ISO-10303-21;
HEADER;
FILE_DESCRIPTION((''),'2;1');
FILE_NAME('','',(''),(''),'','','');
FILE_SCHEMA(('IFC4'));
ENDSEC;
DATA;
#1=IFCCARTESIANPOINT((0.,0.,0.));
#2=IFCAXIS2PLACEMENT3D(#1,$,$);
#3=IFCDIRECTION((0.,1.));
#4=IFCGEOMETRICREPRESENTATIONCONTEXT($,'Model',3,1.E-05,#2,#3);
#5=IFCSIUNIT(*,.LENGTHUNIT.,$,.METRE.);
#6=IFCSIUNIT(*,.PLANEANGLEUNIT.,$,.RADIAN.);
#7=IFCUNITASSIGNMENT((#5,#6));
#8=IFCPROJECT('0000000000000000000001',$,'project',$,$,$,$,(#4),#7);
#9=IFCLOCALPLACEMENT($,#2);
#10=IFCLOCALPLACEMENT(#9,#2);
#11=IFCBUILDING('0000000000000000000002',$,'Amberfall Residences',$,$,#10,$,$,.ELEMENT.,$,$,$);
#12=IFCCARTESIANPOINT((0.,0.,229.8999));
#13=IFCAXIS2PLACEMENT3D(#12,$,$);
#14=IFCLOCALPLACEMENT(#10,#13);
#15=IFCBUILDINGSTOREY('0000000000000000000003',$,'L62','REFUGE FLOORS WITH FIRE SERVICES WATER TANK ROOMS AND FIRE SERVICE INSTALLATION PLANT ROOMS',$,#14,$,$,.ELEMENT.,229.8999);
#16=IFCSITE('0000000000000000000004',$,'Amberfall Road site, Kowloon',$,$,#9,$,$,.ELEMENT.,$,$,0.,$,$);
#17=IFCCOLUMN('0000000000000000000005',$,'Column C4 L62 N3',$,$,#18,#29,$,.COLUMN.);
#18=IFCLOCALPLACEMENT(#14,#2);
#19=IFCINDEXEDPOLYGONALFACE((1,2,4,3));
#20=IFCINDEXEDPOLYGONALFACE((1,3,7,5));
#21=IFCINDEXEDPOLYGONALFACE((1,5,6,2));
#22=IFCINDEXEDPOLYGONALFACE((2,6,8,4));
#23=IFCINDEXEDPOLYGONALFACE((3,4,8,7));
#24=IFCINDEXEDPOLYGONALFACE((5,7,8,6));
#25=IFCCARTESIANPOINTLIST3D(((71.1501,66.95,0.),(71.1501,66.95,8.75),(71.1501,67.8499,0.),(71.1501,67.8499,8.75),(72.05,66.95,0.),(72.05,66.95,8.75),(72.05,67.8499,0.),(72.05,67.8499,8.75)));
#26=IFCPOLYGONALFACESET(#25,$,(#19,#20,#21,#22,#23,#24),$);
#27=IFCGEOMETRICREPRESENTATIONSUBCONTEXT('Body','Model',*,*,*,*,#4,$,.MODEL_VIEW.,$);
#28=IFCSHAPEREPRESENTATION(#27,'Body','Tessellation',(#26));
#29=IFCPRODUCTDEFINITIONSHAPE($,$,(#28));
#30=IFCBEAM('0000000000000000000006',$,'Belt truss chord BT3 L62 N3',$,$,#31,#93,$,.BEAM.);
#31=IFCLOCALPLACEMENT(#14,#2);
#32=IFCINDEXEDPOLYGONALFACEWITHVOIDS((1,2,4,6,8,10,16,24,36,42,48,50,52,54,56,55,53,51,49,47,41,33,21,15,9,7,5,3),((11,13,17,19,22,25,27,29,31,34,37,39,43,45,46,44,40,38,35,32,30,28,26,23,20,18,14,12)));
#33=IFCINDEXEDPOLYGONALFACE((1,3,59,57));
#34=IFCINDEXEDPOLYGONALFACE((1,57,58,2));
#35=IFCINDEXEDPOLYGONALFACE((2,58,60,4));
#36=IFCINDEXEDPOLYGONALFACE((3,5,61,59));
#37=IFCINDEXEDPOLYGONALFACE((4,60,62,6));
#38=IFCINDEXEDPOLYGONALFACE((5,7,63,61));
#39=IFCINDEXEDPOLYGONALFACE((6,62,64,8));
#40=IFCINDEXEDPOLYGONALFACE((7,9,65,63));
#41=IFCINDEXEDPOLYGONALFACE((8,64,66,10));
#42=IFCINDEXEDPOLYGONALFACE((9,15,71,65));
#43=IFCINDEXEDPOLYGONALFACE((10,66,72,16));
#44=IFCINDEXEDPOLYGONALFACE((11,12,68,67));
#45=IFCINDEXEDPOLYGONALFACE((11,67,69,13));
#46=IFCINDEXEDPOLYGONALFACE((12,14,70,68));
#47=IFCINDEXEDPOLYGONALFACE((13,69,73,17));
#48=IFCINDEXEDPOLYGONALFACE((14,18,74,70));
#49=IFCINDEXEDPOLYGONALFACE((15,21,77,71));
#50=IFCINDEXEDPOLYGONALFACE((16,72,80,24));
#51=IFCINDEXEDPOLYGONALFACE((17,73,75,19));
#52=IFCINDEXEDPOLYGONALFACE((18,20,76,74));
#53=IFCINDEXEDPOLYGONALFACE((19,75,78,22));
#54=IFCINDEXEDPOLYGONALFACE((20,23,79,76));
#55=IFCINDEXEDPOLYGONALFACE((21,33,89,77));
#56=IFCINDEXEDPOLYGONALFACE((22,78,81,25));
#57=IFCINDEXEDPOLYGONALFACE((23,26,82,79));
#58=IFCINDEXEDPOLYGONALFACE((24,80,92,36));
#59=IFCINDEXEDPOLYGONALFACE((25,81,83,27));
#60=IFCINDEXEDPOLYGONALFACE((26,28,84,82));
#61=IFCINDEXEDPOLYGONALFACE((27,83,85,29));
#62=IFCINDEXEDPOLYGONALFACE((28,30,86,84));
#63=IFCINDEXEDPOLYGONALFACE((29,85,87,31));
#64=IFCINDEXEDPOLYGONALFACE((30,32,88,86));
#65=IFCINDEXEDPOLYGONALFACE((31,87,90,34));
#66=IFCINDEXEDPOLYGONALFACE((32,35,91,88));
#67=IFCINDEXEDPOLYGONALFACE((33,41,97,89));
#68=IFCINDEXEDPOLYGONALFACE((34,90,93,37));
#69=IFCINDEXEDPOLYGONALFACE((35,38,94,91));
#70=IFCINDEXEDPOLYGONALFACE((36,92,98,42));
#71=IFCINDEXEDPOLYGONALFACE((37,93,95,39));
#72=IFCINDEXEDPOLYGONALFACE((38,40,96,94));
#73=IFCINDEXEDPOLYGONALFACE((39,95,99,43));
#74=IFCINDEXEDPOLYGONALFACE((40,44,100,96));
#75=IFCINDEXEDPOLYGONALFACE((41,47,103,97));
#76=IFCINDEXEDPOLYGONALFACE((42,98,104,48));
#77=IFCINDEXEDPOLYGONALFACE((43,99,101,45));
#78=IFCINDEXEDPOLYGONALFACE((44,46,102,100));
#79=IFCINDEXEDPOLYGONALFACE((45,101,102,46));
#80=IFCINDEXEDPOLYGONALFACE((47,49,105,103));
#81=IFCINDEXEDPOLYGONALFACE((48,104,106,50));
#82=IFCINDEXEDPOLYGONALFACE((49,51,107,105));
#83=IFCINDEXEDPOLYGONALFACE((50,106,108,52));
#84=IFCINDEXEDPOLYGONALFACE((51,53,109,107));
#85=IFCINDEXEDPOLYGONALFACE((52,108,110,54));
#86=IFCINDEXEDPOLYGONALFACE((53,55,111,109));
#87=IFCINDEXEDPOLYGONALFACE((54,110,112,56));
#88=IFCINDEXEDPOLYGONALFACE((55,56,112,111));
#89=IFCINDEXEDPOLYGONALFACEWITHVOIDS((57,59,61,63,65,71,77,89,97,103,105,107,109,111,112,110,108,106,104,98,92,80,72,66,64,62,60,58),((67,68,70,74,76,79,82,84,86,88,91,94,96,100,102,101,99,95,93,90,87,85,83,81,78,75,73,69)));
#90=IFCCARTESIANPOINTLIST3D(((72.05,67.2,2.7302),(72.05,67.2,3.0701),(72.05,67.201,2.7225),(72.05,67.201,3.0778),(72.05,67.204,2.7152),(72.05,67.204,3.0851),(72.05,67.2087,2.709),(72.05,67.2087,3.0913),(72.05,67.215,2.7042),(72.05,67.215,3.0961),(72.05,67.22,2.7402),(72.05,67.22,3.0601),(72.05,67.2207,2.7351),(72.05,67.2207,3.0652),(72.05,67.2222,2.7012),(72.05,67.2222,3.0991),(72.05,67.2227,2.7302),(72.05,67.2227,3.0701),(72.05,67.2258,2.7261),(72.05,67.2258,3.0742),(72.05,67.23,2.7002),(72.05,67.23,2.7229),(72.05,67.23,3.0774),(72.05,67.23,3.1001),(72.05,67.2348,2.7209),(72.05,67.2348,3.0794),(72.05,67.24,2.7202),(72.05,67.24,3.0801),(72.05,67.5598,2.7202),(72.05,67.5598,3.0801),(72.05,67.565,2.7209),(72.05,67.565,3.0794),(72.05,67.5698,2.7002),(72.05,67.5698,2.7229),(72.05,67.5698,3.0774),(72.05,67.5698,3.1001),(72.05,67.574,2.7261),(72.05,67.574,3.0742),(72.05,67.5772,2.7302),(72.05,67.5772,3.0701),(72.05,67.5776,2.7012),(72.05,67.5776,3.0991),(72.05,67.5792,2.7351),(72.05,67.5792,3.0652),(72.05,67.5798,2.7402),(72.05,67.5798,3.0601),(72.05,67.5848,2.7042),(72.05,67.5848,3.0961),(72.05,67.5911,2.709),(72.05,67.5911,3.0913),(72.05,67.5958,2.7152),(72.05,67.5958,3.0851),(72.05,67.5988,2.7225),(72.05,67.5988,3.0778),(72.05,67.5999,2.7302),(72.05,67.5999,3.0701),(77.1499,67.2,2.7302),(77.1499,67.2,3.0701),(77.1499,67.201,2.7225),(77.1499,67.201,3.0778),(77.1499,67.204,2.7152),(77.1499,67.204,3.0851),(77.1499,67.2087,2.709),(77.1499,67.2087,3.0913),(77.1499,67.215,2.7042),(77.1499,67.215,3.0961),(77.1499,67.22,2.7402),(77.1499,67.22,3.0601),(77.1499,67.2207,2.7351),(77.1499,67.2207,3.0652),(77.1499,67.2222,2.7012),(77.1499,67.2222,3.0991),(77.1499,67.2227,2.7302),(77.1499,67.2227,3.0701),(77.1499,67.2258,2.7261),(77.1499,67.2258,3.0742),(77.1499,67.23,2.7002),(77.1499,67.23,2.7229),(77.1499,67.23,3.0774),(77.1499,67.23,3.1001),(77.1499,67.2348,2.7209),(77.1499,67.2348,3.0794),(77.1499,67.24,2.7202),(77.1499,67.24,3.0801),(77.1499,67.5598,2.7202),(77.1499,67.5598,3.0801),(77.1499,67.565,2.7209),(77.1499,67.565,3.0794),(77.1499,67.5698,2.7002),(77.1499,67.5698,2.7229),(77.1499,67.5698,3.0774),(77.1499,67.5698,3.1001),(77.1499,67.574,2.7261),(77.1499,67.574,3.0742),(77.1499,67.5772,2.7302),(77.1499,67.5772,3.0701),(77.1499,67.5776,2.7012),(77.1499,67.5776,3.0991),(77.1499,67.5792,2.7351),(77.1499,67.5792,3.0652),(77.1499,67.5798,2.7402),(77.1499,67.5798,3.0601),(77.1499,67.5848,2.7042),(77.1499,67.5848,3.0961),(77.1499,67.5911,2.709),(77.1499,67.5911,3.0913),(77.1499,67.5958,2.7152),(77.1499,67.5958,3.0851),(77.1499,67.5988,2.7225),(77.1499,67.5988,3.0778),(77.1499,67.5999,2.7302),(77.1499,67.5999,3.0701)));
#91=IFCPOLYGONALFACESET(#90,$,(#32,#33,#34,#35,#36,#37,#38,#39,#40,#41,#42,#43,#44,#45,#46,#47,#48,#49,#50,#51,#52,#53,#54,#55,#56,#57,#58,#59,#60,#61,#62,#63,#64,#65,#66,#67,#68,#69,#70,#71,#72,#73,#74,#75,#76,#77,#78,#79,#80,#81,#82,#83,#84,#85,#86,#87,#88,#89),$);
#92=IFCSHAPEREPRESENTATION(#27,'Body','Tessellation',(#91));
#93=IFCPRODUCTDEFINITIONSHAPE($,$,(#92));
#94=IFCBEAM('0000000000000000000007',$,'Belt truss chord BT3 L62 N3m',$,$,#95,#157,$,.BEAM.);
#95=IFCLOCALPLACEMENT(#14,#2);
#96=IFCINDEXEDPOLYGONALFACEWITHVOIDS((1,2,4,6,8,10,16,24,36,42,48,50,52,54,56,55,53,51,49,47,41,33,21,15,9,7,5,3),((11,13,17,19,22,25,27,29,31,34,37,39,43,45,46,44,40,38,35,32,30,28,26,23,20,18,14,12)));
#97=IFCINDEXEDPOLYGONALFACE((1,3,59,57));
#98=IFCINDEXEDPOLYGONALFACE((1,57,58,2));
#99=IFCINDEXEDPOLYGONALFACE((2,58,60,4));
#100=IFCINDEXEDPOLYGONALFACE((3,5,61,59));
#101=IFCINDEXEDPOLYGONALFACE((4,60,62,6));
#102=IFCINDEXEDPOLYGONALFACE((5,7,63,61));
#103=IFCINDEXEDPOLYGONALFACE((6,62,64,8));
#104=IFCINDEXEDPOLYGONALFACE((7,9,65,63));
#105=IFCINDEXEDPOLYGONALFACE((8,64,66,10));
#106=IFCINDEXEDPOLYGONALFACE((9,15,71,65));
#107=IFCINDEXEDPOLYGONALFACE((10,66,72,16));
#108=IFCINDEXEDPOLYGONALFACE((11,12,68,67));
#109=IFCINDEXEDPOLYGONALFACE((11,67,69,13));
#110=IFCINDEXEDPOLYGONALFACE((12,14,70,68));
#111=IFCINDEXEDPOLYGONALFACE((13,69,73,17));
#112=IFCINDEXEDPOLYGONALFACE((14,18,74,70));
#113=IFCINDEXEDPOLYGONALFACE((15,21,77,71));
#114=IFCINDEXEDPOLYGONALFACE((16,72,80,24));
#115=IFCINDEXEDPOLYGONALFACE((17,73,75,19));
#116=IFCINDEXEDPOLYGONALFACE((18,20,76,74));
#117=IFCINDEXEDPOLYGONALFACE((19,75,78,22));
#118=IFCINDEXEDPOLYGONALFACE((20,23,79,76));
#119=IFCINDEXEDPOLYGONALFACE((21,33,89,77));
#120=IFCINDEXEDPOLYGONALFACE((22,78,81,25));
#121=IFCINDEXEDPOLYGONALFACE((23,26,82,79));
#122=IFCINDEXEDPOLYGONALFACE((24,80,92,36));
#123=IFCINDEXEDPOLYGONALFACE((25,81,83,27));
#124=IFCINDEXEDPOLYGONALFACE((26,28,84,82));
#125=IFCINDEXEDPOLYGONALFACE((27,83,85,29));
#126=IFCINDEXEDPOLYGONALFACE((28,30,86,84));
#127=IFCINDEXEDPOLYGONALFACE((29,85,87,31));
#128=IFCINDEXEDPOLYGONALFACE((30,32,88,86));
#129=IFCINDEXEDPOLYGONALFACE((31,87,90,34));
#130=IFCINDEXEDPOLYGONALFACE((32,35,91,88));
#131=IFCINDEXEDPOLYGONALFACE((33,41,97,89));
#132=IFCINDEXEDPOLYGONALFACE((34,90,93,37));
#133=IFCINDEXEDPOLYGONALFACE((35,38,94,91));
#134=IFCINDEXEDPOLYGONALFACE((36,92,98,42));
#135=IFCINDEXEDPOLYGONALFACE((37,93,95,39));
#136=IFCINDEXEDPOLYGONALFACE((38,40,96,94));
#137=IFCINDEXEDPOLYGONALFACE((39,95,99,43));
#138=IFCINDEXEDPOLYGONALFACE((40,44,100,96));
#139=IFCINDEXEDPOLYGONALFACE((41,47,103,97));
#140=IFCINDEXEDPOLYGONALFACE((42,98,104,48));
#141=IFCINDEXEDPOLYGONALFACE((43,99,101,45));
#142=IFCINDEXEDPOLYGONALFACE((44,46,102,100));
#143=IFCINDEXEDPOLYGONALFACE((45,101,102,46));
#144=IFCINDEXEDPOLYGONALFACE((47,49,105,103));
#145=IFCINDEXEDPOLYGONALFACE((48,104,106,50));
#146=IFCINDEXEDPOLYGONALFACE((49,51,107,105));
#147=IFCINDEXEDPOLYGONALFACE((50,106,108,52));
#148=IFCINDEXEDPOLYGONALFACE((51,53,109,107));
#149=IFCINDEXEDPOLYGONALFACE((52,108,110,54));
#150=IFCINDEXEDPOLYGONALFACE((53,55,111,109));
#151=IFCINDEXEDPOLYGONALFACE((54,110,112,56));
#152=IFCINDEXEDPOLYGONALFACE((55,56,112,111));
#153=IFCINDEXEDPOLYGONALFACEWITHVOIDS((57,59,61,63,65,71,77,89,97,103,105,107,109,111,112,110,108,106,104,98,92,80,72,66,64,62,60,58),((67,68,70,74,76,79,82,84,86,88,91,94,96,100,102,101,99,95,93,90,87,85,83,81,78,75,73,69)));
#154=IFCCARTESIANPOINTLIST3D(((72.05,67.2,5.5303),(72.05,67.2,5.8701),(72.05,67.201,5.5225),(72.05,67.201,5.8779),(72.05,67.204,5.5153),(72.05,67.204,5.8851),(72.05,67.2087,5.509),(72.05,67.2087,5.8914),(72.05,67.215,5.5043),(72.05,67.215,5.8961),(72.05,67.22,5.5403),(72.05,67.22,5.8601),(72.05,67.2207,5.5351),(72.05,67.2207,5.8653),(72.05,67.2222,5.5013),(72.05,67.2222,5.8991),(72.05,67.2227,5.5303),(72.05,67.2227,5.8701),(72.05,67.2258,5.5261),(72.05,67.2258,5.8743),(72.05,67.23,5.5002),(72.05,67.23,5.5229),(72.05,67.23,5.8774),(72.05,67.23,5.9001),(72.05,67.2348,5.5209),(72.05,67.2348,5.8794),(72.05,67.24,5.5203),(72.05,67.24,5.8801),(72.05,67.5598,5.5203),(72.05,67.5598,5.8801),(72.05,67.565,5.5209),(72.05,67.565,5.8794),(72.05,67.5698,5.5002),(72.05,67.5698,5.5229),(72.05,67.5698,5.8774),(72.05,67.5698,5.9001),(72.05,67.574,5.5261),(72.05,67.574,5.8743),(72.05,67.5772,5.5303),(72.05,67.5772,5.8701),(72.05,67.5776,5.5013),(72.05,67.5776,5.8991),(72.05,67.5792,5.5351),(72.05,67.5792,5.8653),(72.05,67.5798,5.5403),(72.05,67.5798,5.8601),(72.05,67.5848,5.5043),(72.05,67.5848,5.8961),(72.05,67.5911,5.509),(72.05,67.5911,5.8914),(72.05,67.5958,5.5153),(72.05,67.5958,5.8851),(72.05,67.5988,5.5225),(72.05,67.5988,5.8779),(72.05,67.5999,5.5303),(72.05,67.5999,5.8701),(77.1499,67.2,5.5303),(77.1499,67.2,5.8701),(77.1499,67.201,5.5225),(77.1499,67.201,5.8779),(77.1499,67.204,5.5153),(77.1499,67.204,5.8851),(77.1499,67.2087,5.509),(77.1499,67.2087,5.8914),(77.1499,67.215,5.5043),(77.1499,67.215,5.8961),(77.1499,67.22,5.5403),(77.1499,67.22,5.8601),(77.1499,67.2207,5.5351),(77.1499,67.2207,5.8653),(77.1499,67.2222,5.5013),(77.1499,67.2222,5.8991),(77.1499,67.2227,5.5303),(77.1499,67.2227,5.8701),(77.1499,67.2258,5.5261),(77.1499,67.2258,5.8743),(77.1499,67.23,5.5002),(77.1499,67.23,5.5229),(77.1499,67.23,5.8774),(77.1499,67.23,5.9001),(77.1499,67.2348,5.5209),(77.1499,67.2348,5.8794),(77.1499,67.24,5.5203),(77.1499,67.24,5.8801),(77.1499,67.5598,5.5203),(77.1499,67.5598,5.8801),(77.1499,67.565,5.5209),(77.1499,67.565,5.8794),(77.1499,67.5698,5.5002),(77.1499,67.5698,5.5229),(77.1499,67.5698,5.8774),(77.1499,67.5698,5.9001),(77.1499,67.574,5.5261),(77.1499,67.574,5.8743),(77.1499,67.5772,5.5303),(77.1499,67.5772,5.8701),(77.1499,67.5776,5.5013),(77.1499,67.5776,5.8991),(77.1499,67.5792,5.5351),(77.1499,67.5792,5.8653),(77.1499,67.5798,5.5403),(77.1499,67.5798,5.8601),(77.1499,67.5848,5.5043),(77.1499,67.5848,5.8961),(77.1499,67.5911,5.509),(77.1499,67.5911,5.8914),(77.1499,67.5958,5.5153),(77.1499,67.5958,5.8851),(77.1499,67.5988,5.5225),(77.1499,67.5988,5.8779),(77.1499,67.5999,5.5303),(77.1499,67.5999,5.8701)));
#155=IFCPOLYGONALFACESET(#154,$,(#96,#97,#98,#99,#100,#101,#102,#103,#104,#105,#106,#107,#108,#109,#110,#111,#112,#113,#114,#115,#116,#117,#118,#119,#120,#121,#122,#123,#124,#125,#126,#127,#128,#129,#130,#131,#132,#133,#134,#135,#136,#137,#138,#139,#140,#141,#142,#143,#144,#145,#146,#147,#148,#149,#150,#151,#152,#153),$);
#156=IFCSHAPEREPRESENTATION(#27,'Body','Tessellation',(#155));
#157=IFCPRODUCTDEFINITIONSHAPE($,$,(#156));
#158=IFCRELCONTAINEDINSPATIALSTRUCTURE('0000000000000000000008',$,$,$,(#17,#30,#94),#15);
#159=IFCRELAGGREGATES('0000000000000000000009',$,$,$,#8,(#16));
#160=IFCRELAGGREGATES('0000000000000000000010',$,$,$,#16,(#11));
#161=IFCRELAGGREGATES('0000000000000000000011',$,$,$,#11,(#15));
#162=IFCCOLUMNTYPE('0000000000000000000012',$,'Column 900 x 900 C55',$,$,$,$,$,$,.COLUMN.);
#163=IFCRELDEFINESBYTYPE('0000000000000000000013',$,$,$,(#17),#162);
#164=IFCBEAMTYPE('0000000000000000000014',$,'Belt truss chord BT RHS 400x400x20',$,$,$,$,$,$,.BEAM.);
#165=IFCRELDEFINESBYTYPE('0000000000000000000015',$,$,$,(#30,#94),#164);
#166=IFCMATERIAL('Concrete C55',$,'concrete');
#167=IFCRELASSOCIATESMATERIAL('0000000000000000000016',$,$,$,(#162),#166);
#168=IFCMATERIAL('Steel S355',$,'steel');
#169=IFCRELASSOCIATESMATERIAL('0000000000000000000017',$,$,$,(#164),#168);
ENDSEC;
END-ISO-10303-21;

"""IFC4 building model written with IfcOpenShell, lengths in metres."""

from ifc_helpers import new_model, si_unit, direction, frame, origin, origin_2d, place, context, subcontext, project, spatial, rectangle, hollow_rectangle, extrude, material, material_profile, profile_set, type_object, element, save


model = new_model("IFC4")

# Units and contexts
model_context = context("Model", 3, precision=1e-05, world=origin(), true_north=direction((0.0, 1.0)))
body_context = subcontext(model_context, "Body", "Model", "MODEL_VIEW")
ifc_project = project(units=[si_unit("LENGTHUNIT", "METRE"), si_unit("PLANEANGLEUNIT", "RADIAN")], contexts=[model_context])

# Site, building, storey
site_placement = place(None, origin())
site = spatial("IfcSite", under=ifc_project, at=site_placement, Name="Amberfall Road site, Kowloon", CompositionType="ELEMENT", RefElevation=0.0)
building_placement = place(site_placement, origin())
building = spatial("IfcBuilding", under=site, at=building_placement, Name="Amberfall Residences", CompositionType="ELEMENT")
storey_placement = place(building_placement, frame((0.0, 0.0, 229.8999)))
storey = spatial("IfcBuildingStorey", under=building, at=storey_placement, Name="L62", Description="REFUGE FLOORS WITH FIRE SERVICES WATER TANK ROOMS AND FIRE SERVICE INSTALLATION PLANT ROOMS", CompositionType="ELEMENT", Elevation=229.8999)

# Column
ifc_material_1 = material(Name="Concrete C55", Category="concrete")
ifc_material_profile_1 = material_profile(ifc_material_1, rectangle(XDim=0.8999, YDim=0.8999, at=origin_2d()), Name="Column 900 x 900 C55")
ifc_profile_set_1 = profile_set([ifc_material_profile_1], Name="Concrete C55")
column_type = type_object("IfcColumnType", Name="Column 900 x 900 C55", PredefinedType="COLUMN", material=ifc_profile_set_1)
column_placement = place(storey_placement, frame((71.6001, 67.3999, 0.0), z_axis=(0.0, 0.0, 1.0), x_axis=(1.0, 0.0, 0.0)))
element("IfcColumn", 1, at=column_placement, inside=storey, type_object=column_type, Name="Column C4 L62 N3", PredefinedType="COLUMN", context=body_context, shape_type="SweptSolid", body=[
    extrude(rectangle(XDim=0.8999, YDim=0.8999, at=origin_2d()), origin(), (0.0, 0.0, 1.0), 8.75),
])

# Beams
ifc_material_2 = material(Name="Steel S355", Category="steel")
ifc_material_profile_2 = material_profile(ifc_material_2, hollow_rectangle(XDim=0.3999, YDim=0.3999, WallThickness=0.02, InnerFilletRadius=0.02, OuterFilletRadius=0.03, at=origin_2d()), Name="RHS 400x400x20")
ifc_profile_set_2 = profile_set([ifc_material_profile_2], Name="Steel S355")
beam_type_1 = type_object("IfcBeamType", Name="Belt truss chord BT RHS 400x400x20", PredefinedType="BEAM", material=ifc_profile_set_2)
for number, where, z_axis, x_axis, name in (
    (2, (72.05, 67.3999, 2.9001), (1.0, 0.0, 0.0), (0.0, 1.0, 0.0), "Belt truss chord BT3 L62 N3"),
    (3, (72.05, 67.3999, 5.7002), (1.0, 0.0, 0.0), (0.0, 1.0, 0.0), "Belt truss chord BT3 L62 N3m"),
):
    element("IfcBeam", number, at=place(storey_placement, frame(where, z_axis=z_axis, x_axis=x_axis)), inside=storey, type_object=beam_type_1, Name=name, PredefinedType="BEAM", context=body_context, shape_type="SweptSolid", body=[
        extrude(hollow_rectangle(XDim=0.3999, YDim=0.3999, WallThickness=0.02, InnerFilletRadius=0.02, OuterFilletRadius=0.03, at=origin_2d()), origin(), (0.0, 0.0, 1.0), 5.0999),
    ])

save(model, "model.ifc")
